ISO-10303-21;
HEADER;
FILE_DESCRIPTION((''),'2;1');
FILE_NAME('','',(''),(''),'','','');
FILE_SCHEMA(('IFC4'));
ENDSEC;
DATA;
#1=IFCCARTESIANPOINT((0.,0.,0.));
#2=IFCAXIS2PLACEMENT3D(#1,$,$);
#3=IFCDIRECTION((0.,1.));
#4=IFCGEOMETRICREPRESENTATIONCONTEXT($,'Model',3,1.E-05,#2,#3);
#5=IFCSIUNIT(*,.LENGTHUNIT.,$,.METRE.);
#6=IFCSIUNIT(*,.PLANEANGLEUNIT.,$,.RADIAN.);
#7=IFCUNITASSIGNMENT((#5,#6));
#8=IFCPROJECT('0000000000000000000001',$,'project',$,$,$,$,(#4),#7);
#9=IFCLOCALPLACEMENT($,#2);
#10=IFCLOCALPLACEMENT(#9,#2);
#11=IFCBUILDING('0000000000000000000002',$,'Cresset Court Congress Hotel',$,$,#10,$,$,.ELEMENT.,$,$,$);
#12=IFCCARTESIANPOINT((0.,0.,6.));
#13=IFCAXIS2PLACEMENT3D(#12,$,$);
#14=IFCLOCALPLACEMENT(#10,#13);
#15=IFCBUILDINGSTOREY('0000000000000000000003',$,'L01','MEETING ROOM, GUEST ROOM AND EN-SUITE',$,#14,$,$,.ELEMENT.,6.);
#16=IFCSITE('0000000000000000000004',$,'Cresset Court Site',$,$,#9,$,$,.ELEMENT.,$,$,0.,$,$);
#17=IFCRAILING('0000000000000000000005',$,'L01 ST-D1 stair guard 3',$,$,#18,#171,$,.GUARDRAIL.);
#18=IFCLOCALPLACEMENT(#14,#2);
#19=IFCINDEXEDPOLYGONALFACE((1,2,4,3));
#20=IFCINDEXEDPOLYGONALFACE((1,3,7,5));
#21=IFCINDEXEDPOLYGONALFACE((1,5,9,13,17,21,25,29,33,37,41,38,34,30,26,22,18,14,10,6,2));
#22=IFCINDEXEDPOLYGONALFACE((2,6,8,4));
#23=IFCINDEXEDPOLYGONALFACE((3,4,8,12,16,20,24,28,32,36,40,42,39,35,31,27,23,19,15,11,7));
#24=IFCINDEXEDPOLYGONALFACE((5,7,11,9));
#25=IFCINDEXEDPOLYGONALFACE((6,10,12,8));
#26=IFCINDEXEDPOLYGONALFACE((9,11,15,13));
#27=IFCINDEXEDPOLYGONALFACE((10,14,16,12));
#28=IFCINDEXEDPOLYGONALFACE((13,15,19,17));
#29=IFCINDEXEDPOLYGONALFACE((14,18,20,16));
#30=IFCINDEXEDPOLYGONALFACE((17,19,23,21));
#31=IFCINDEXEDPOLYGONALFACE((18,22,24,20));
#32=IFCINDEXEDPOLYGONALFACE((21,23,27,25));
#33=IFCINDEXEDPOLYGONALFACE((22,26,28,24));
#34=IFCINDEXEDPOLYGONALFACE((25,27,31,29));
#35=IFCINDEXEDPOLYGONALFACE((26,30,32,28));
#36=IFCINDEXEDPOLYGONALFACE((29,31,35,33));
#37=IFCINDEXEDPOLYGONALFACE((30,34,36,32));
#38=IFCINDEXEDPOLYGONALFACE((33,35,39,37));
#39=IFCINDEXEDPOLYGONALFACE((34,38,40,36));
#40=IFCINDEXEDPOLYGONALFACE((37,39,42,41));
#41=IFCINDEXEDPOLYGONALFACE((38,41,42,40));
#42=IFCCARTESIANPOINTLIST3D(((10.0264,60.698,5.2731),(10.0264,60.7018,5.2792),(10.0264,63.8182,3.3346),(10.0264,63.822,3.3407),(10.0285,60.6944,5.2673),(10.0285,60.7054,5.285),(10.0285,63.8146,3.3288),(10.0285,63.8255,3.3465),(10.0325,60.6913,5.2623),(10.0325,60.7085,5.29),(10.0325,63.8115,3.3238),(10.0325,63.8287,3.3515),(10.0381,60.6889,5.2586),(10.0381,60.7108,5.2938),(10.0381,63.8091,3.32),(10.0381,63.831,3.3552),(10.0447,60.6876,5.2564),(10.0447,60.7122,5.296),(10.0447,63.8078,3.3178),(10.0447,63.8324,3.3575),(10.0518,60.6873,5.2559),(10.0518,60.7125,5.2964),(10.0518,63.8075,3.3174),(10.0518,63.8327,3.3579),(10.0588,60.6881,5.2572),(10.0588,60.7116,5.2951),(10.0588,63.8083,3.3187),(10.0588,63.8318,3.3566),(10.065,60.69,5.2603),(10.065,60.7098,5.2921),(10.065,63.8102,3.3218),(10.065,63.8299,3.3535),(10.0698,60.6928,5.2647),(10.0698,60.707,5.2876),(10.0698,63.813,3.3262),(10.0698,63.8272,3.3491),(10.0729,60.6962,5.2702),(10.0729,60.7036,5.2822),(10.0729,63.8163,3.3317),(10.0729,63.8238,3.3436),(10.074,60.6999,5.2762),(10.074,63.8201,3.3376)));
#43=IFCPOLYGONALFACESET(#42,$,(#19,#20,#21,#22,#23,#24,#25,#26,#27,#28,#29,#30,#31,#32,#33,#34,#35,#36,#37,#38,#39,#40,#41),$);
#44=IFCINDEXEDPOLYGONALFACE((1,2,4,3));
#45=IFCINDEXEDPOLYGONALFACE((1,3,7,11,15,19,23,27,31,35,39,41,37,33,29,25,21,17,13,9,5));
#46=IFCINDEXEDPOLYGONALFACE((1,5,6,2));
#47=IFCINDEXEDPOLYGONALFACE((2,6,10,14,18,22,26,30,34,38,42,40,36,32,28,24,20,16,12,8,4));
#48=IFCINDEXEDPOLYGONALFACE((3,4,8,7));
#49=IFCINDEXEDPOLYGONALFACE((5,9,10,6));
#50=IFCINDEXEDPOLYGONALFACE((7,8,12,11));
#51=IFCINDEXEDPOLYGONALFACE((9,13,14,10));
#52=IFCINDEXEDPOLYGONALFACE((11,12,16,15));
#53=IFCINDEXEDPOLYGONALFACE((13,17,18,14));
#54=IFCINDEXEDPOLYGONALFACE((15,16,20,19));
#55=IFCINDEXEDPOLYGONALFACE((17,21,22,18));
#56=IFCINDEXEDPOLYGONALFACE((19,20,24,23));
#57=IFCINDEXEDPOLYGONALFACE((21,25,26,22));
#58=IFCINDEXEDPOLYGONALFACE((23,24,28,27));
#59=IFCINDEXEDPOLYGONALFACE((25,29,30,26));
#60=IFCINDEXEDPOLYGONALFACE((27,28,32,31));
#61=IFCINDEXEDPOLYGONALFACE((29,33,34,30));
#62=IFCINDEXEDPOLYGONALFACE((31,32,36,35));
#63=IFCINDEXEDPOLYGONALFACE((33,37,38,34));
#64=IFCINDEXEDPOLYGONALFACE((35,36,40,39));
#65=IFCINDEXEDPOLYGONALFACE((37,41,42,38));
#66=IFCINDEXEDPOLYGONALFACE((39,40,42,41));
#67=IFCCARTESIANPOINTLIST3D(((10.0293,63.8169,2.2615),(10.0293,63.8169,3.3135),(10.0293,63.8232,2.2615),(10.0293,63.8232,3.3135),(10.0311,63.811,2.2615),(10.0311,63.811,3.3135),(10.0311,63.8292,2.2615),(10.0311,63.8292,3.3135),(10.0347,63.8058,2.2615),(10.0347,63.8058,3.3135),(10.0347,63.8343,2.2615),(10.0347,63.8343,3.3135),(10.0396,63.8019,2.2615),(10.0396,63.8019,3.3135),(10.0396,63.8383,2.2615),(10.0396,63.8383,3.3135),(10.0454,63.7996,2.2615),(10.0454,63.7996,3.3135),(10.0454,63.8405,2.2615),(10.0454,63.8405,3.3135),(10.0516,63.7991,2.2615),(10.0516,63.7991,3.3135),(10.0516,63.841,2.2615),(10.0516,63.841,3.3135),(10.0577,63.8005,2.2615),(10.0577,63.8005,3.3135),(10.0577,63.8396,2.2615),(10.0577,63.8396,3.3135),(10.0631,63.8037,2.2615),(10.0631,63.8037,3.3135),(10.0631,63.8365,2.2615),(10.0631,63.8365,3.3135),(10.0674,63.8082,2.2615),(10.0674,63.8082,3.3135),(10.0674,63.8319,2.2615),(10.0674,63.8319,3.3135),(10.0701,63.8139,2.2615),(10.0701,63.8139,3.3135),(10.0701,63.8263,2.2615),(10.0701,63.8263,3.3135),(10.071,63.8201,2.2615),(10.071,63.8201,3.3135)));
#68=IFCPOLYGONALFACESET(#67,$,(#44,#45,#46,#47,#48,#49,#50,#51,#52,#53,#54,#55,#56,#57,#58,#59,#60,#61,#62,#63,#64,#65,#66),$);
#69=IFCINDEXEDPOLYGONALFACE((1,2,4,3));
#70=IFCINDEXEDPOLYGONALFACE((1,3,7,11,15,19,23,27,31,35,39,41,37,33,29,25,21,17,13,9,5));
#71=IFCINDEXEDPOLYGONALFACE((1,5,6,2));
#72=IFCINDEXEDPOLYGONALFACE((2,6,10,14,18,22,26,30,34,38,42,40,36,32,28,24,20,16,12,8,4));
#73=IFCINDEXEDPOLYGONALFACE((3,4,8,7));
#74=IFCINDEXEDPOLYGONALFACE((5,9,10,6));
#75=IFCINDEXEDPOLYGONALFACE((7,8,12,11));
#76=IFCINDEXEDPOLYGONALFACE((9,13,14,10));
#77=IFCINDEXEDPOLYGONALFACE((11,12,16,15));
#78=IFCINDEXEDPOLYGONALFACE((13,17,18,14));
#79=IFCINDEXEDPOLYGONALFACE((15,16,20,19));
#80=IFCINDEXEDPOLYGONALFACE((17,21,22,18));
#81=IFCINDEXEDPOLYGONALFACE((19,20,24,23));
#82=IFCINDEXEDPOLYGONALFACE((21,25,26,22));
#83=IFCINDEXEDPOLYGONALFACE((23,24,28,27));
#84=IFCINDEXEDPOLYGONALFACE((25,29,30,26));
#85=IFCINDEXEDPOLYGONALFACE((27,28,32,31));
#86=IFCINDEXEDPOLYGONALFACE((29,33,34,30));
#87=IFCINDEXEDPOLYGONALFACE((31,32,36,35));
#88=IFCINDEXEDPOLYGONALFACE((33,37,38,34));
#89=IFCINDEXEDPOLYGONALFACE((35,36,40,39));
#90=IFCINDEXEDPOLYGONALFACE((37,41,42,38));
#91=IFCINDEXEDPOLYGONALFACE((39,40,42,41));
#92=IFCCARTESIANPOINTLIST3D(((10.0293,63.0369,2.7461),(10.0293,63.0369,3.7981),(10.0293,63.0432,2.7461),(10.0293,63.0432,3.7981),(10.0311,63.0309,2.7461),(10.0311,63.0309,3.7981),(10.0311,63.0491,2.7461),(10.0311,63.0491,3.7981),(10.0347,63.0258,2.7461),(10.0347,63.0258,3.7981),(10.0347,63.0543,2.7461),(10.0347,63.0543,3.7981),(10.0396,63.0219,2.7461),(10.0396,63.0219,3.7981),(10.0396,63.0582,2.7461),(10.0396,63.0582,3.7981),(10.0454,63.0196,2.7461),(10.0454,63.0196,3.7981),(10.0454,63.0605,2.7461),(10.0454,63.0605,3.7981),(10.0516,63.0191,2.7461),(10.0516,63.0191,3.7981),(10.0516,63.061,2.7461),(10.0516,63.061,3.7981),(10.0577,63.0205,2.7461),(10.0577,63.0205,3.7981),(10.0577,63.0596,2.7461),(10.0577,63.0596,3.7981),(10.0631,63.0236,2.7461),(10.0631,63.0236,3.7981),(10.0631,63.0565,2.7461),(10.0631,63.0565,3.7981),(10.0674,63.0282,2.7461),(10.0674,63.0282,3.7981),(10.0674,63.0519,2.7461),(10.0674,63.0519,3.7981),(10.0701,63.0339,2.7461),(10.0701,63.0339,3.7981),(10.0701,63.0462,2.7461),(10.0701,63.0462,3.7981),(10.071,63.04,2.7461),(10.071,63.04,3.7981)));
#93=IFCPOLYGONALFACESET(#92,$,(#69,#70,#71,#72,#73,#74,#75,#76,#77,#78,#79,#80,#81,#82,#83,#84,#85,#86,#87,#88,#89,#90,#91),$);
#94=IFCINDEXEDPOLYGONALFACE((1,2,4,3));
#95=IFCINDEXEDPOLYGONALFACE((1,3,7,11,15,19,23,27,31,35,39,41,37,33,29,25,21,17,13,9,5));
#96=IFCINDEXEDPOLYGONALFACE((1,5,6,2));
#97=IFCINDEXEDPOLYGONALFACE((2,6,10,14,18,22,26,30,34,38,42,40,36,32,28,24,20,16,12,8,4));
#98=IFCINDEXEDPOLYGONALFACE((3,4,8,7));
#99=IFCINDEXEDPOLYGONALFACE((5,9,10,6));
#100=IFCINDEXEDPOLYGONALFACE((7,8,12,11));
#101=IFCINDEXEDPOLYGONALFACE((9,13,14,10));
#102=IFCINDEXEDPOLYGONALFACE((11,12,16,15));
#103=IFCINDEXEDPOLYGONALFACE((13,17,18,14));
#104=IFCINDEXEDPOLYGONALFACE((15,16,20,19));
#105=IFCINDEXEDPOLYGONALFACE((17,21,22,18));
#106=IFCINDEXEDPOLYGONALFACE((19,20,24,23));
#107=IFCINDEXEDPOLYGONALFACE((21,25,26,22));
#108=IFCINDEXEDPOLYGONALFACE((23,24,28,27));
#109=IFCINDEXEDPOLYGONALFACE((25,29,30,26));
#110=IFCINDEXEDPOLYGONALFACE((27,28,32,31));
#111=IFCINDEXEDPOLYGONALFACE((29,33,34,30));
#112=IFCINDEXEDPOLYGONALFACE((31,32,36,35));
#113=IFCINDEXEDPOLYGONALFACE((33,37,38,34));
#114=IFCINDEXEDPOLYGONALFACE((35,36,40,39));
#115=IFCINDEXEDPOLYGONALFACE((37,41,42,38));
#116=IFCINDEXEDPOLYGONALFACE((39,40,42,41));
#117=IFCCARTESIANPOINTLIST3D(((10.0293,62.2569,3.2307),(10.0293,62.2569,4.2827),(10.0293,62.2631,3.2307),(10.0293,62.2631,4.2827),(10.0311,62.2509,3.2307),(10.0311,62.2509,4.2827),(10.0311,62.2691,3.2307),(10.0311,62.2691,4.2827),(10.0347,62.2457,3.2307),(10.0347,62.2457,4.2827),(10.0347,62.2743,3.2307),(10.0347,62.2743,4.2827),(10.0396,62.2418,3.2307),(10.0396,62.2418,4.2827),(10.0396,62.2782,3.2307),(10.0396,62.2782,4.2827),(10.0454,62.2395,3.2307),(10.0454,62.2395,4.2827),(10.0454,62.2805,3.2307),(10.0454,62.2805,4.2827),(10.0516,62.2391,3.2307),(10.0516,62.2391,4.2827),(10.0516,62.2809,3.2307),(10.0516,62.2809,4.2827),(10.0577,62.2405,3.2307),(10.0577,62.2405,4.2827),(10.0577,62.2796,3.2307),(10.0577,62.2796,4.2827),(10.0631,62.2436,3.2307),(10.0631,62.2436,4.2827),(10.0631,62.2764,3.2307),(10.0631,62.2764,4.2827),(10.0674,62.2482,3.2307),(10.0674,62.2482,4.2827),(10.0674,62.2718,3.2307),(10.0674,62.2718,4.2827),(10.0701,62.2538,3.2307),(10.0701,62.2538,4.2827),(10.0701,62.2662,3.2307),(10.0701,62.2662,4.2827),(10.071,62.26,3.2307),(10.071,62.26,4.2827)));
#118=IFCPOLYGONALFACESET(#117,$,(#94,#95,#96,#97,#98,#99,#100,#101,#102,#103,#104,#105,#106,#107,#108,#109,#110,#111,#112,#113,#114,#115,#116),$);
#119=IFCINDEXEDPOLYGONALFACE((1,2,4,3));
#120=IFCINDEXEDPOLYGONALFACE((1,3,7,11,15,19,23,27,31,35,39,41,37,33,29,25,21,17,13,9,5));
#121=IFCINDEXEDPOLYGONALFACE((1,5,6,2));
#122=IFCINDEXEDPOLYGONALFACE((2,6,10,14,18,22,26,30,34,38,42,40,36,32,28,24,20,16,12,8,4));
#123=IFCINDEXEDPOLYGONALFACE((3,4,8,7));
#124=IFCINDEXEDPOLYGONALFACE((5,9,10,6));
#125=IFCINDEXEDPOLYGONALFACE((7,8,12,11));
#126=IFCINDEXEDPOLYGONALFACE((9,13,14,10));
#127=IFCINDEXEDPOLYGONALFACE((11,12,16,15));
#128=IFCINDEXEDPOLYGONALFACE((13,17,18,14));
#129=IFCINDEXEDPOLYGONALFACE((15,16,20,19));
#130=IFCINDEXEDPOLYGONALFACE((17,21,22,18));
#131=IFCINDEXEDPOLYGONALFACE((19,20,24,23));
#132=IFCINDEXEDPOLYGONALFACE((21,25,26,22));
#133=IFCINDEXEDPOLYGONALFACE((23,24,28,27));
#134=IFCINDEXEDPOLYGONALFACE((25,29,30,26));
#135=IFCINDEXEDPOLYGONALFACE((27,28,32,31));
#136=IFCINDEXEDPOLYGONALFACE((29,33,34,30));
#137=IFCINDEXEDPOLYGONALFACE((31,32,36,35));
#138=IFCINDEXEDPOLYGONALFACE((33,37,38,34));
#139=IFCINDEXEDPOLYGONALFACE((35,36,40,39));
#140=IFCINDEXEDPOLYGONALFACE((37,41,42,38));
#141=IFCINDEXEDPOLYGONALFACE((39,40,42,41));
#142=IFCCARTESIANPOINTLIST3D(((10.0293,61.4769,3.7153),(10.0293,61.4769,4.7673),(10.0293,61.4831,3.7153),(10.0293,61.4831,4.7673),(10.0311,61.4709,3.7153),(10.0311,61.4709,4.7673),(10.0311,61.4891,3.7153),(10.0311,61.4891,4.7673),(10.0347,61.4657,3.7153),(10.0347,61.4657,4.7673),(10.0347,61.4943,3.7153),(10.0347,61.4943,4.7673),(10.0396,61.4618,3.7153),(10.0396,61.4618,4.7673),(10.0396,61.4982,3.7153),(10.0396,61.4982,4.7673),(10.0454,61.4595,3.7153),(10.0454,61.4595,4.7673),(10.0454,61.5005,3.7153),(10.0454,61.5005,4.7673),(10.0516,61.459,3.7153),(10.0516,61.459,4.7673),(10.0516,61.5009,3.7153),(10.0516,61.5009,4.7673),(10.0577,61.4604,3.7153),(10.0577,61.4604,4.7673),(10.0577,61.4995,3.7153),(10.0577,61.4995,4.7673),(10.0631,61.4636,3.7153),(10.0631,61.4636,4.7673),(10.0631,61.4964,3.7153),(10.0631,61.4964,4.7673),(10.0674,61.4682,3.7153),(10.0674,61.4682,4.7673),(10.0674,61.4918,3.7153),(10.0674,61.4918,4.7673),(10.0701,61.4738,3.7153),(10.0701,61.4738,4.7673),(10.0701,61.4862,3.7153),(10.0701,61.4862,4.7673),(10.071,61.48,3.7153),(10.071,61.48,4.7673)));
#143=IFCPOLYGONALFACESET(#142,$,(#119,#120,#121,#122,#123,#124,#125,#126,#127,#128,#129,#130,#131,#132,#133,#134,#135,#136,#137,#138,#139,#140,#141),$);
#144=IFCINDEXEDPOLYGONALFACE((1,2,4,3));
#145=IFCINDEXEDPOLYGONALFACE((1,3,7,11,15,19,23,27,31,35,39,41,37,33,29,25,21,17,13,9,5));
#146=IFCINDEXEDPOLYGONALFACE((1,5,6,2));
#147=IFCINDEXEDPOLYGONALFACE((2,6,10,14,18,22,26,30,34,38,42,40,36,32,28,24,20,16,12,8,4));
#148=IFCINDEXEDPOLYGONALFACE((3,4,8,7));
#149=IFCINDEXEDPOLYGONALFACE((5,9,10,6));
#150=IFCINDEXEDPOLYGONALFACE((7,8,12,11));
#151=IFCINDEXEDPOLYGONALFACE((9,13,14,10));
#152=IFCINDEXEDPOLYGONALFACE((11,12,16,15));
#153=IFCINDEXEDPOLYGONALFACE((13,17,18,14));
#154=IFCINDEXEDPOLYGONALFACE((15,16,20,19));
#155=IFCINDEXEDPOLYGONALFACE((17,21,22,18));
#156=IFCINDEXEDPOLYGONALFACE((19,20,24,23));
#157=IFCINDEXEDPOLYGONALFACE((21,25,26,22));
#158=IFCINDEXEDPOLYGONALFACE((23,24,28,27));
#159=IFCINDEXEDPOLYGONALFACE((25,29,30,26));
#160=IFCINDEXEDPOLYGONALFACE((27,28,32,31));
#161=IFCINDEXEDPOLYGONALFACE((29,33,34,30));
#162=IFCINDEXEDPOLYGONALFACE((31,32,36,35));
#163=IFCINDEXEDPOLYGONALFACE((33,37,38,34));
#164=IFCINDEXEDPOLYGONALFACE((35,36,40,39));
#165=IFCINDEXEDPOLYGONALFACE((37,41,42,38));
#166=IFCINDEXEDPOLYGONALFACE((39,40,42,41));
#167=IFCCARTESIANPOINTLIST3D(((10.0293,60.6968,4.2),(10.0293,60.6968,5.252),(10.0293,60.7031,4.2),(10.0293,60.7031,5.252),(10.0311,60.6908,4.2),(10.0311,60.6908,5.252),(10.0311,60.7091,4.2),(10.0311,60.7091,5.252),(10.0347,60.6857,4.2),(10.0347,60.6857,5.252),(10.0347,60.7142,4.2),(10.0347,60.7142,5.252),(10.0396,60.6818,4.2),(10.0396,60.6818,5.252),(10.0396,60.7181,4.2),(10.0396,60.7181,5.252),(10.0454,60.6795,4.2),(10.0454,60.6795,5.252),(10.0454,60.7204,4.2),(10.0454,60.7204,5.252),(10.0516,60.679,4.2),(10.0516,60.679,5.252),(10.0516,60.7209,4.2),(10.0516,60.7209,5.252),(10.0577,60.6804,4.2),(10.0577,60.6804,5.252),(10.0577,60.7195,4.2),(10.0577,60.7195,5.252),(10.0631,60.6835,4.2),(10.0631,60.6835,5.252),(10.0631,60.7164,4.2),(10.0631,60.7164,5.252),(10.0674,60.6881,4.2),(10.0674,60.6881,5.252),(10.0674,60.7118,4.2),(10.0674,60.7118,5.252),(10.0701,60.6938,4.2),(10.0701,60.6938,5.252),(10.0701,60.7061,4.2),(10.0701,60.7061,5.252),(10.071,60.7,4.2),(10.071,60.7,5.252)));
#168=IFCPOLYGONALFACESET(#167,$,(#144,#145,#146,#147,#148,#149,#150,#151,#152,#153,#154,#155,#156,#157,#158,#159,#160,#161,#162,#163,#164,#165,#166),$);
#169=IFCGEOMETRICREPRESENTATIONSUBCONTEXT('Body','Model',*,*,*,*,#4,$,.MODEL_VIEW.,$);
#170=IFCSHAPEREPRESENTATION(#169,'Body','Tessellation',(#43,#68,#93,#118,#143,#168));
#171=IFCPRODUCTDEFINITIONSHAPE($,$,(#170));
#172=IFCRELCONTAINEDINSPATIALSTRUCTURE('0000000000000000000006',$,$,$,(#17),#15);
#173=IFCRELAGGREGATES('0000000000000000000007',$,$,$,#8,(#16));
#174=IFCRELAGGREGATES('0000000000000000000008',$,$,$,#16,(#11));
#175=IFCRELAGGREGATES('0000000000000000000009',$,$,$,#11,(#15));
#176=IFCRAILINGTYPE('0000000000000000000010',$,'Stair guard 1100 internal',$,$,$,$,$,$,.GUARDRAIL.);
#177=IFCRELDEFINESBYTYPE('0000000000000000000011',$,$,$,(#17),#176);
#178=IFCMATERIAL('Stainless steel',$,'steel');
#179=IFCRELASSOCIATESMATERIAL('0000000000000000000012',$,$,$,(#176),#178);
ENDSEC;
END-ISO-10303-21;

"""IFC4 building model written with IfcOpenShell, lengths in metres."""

from ifc_helpers import new_model, si_unit, direction, frame, origin, origin_2d, place, context, subcontext, project, spatial, circle, extrude, material, type_object, element, save


model = new_model("IFC4")

# Units and contexts
model_context = context("Model", 3, precision=1e-05, world=origin(), true_north=direction((0.0, 1.0)))
body_context = subcontext(model_context, "Body", "Model", "MODEL_VIEW")
ifc_project = project(units=[si_unit("LENGTHUNIT", "METRE"), si_unit("PLANEANGLEUNIT", "RADIAN")], contexts=[model_context])

# Site, building, storey
site_placement = place(None, origin())
site = spatial("IfcSite", under=ifc_project, at=site_placement, Name="Cresset Court Site", CompositionType="ELEMENT", RefElevation=0.0)
building_placement = place(site_placement, origin())
building = spatial("IfcBuilding", under=site, at=building_placement, Name="Cresset Court Congress Hotel", CompositionType="ELEMENT")
storey_placement = place(building_placement, frame((0.0, 0.0, 6.0)))
storey = spatial("IfcBuildingStorey", under=building, at=storey_placement, Name="L01", Description="MEETING ROOM, GUEST ROOM AND EN-SUITE", CompositionType="ELEMENT", Elevation=6.0)

# Railing
ifc_material_1 = material(Name="Stainless steel", Category="steel")
railing_type_1 = type_object("IfcRailingType", Name="Stair guard 1100 internal", PredefinedType="GUARDRAIL", material=ifc_material_1)
railing_1_placement = place(storey_placement, frame((10.05, 63.8201, 2.2615)))
element("IfcRailing", 1, at=railing_1_placement, inside=storey, type_object=railing_type_1, Name="L01 ST-D1 stair guard 3", PredefinedType="GUARDRAIL", context=body_context, shape_type="SweptSolid", body=[
    extrude(circle(Radius=0.0239, at=origin_2d()), frame((0.0, 0.0, 1.0762), z_axis=(0.0, -0.849414, 0.527727), x_axis=(1.0, 0.0, 0.0)), (0.0, 0.0, 1.0), 3.6733),
    extrude(circle(Radius=0.021, at=origin_2d()), origin(), (0.0, 0.0, 1.0), 1.052),
    extrude(circle(Radius=0.021, at=origin_2d()), frame((0.0, -0.78, 0.4846)), (0.0, 0.0, 1.0), 1.052),
    extrude(circle(Radius=0.021, at=origin_2d()), frame((0.0, -1.5601, 0.9692)), (0.0, 0.0, 1.0), 1.052),
    extrude(circle(Radius=0.021, at=origin_2d()), frame((0.0, -2.3401, 1.4539)), (0.0, 0.0, 1.0), 1.052),
    extrude(circle(Radius=0.021, at=origin_2d()), frame((0.0, -3.1201, 1.9385)), (0.0, 0.0, 1.0), 1.052),
])

save(model, "model.ifc")
